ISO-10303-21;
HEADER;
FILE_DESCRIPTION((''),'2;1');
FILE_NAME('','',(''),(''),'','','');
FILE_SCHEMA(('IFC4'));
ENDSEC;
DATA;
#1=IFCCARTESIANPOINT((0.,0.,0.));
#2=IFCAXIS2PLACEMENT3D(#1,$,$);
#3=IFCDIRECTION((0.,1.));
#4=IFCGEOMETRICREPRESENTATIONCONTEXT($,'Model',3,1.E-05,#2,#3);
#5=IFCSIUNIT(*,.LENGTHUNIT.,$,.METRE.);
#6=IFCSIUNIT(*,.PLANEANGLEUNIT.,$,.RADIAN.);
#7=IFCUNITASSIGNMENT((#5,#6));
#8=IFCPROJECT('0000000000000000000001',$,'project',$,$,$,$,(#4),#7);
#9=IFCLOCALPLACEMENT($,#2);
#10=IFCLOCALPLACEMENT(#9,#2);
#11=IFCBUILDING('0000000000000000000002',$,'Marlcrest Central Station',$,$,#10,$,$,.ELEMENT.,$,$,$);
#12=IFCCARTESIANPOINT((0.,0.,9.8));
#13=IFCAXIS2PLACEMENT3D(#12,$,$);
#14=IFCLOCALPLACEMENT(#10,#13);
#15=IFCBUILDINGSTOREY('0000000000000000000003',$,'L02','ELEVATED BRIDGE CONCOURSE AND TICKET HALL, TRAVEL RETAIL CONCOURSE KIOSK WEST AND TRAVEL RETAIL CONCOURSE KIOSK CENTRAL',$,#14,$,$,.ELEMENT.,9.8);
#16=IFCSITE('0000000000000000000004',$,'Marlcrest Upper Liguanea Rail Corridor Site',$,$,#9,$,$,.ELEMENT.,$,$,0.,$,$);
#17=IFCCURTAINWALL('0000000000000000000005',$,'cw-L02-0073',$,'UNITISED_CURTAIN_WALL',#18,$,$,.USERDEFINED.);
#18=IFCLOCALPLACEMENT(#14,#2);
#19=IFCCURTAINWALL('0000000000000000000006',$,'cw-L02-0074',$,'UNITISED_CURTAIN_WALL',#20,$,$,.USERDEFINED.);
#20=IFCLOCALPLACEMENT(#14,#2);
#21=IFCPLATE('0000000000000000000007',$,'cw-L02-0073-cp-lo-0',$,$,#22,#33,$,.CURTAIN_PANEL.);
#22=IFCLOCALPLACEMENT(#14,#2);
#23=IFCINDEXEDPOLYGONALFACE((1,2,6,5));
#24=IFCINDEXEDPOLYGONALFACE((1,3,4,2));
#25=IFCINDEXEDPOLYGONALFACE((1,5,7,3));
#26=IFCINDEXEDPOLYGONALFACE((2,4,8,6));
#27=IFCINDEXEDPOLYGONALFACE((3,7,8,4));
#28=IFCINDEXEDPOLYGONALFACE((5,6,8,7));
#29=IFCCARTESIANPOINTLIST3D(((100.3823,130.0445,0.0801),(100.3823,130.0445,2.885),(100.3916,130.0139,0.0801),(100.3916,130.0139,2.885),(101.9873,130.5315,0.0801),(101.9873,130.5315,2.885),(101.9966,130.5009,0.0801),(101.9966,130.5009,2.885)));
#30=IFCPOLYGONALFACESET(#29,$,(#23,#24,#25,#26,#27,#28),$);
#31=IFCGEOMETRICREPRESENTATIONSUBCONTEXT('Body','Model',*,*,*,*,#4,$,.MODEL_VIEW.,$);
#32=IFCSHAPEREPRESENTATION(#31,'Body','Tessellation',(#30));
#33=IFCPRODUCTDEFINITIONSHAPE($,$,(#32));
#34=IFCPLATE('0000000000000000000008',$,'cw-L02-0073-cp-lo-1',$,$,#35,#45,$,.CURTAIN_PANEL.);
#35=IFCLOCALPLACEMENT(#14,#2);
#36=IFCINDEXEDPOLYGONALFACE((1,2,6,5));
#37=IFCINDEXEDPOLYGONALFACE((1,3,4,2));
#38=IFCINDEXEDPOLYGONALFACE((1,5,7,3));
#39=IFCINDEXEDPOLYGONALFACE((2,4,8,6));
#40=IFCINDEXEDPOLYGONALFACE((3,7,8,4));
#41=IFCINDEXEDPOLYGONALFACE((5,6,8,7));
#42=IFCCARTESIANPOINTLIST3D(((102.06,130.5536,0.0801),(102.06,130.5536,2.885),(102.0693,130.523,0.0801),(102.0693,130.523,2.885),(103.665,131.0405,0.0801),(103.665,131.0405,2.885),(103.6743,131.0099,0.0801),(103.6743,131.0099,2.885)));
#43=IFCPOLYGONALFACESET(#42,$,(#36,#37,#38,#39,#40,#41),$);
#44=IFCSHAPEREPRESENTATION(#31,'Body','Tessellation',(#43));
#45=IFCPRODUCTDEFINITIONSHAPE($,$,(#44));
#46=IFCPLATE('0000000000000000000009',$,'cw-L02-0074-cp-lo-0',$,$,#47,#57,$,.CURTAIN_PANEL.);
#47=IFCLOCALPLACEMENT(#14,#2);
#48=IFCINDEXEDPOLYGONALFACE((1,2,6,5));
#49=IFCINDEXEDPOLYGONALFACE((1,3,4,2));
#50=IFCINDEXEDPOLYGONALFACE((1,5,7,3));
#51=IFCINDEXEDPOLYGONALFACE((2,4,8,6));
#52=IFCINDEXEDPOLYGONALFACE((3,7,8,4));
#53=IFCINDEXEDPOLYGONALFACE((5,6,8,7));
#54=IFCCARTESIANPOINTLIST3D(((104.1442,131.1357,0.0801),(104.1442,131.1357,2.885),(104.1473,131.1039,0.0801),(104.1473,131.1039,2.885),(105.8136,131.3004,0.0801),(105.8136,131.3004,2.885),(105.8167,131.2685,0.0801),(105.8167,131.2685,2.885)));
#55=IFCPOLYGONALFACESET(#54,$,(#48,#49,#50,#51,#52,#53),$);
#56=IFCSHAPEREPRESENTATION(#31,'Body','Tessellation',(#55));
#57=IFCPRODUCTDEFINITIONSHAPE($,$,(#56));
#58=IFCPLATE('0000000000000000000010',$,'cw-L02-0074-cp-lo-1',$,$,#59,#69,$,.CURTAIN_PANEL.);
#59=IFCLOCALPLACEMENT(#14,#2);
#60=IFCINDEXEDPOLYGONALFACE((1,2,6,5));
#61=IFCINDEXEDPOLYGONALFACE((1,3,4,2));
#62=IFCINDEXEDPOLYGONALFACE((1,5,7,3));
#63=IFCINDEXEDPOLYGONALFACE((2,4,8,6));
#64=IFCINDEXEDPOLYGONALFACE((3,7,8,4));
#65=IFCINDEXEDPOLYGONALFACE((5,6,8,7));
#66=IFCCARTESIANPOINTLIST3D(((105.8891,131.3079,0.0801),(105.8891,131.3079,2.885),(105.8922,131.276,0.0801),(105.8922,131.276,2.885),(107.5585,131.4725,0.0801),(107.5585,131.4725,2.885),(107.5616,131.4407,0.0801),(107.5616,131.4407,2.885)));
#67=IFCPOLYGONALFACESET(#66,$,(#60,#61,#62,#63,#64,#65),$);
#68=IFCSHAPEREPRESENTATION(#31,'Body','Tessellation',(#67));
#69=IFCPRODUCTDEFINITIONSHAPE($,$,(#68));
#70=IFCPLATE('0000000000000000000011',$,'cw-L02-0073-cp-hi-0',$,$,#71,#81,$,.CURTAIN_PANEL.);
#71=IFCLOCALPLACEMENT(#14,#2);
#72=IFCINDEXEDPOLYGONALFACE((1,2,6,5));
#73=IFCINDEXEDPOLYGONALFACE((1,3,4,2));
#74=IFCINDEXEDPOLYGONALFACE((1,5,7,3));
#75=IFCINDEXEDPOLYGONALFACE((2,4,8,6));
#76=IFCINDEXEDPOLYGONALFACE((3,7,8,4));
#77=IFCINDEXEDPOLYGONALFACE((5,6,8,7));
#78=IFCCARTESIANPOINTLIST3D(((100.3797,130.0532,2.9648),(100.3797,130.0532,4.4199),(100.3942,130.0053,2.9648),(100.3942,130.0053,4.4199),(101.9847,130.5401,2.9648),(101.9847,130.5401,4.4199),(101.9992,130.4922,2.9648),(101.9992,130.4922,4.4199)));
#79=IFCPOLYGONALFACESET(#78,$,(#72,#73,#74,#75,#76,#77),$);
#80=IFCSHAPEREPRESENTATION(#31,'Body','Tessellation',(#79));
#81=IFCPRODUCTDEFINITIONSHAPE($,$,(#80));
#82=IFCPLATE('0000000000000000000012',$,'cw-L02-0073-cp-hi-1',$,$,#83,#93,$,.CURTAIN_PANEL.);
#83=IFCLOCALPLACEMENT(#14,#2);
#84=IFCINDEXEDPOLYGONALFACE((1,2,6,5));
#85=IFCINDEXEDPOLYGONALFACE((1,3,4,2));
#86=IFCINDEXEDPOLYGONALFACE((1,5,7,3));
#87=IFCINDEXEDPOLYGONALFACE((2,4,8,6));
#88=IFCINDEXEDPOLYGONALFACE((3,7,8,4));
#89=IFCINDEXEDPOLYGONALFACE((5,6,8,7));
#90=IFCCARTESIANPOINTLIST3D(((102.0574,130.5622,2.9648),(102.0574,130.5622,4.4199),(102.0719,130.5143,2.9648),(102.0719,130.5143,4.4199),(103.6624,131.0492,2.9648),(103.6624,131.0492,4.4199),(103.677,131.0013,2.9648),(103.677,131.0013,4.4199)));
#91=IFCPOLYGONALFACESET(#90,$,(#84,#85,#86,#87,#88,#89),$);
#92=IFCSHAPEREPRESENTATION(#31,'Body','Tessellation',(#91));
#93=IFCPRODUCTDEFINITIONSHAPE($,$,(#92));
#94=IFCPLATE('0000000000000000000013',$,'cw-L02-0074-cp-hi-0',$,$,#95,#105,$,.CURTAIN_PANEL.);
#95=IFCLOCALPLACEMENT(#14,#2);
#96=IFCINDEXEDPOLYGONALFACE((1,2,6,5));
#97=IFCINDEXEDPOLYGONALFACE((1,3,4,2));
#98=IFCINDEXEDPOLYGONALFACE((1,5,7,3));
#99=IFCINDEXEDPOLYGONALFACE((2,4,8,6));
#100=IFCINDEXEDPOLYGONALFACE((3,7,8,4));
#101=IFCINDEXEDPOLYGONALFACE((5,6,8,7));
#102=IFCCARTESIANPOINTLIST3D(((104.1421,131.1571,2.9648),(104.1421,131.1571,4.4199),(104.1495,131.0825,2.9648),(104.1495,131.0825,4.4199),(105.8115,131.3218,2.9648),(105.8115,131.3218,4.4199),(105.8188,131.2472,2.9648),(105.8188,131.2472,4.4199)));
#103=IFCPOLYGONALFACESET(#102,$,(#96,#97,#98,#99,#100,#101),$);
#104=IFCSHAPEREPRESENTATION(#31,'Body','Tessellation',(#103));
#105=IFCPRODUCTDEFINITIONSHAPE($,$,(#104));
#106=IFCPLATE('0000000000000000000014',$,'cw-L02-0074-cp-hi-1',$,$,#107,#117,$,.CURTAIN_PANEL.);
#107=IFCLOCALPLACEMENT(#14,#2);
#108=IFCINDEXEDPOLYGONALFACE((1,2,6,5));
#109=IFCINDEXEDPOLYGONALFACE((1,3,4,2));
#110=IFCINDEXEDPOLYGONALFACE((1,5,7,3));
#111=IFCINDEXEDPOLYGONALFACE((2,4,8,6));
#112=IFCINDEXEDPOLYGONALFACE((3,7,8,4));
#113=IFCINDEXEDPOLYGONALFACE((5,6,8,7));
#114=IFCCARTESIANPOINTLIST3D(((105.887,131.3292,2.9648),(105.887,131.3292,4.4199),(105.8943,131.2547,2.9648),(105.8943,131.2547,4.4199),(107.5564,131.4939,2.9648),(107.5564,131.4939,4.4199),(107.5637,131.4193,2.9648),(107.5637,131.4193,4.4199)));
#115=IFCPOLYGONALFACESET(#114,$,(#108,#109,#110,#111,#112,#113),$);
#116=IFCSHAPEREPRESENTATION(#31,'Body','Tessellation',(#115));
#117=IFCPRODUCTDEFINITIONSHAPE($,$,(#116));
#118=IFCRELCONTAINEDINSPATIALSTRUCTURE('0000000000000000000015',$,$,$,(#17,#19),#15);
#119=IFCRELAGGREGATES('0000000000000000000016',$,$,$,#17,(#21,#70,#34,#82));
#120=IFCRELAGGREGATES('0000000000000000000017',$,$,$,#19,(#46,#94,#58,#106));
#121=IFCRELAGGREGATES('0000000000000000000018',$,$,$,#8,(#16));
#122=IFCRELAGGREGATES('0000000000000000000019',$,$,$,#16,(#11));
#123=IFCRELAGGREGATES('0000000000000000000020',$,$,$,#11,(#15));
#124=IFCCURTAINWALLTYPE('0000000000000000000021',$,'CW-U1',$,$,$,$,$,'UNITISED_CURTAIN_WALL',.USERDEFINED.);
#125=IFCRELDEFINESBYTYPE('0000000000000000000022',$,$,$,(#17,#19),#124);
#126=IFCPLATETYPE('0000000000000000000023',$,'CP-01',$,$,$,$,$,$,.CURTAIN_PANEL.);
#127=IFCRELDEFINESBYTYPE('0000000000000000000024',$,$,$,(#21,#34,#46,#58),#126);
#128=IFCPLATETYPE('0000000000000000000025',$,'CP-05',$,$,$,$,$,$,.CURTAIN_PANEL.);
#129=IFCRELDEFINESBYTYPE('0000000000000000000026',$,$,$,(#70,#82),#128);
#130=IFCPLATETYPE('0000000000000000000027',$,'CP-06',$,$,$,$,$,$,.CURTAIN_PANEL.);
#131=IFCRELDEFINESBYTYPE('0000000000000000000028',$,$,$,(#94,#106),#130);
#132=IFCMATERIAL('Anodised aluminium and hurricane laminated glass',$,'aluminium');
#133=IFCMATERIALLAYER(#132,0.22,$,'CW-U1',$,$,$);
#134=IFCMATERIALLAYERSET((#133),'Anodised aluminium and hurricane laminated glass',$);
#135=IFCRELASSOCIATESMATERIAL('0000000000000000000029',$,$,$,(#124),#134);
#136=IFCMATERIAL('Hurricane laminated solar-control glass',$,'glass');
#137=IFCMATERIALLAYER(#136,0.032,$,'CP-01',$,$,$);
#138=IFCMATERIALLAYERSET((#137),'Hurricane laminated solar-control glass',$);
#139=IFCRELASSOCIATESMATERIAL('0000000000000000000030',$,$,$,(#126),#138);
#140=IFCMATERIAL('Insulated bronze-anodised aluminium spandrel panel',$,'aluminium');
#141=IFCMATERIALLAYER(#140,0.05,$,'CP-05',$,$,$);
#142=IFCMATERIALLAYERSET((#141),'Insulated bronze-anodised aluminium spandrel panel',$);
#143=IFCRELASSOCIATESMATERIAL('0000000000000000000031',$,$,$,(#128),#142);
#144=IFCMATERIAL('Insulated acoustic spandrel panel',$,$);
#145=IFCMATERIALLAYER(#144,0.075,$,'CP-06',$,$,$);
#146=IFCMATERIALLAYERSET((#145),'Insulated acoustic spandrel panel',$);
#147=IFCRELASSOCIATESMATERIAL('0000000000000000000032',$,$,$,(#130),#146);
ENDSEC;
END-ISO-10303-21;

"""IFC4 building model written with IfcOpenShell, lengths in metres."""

from ifc_helpers import new_model, si_unit, direction, frame, origin, origin_2d, place, context, subcontext, project, spatial, rectangle, extrude, material, layer, layer_set, type_object, element, aggregate, save


model = new_model("IFC4")

# Units and contexts
model_context = context("Model", 3, precision=1e-05, world=origin(), true_north=direction((0.0, 1.0)))
body_context = subcontext(model_context, "Body", "Model", "MODEL_VIEW")
ifc_project = project(units=[si_unit("LENGTHUNIT", "METRE"), si_unit("PLANEANGLEUNIT", "RADIAN")], contexts=[model_context])

# Site, building, storey
site_placement = place(None, origin())
site = spatial("IfcSite", under=ifc_project, at=site_placement, Name="Marlcrest Upper Liguanea Rail Corridor Site", CompositionType="ELEMENT", RefElevation=0.0)
building_placement = place(site_placement, origin())
building = spatial("IfcBuilding", under=site, at=building_placement, Name="Marlcrest Central Station", CompositionType="ELEMENT")
storey_placement = place(building_placement, frame((0.0, 0.0, 9.8)))
storey = spatial("IfcBuildingStorey", under=building, at=storey_placement, Name="L02", Description="ELEVATED BRIDGE CONCOURSE AND TICKET HALL, TRAVEL RETAIL CONCOURSE KIOSK WEST AND TRAVEL RETAIL CONCOURSE KIOSK CENTRAL", CompositionType="ELEMENT", Elevation=9.8)

# Curtain walls
ifc_material_1 = material(Name="Anodised aluminium and hurricane laminated glass", Category="aluminium")
ifc_layer_1 = layer(ifc_material_1, 0.22, Name="CW-U1")
ifc_layer_set_1 = layer_set([ifc_layer_1], Name="Anodised aluminium and hurricane laminated glass")
curtain_wall_type = type_object("IfcCurtainWallType", Name="CW-U1", ElementType="UNITISED_CURTAIN_WALL", PredefinedType="USERDEFINED", material=ifc_layer_set_1)
curtain_wall_1_placement = place(storey_placement, origin())
curtain_wall_1 = element("IfcCurtainWall", 1, at=curtain_wall_1_placement, inside=storey, type_object=curtain_wall_type, Name="cw-L02-0073", ObjectType="UNITISED_CURTAIN_WALL", PredefinedType="USERDEFINED")
curtain_wall_2_placement = place(storey_placement, origin())
curtain_wall_2 = element("IfcCurtainWall", 2, at=curtain_wall_2_placement, inside=storey, type_object=curtain_wall_type, Name="cw-L02-0074", ObjectType="UNITISED_CURTAIN_WALL", PredefinedType="USERDEFINED")

# Plates
ifc_material_2 = material(Name="Hurricane laminated solar-control glass", Category="glass")
ifc_layer_2 = layer(ifc_material_2, 0.032, Name="CP-01")
ifc_layer_set_2 = layer_set([ifc_layer_2], Name="Hurricane laminated solar-control glass")
plate_type_1 = type_object("IfcPlateType", Name="CP-01", PredefinedType="CURTAIN_PANEL", material=ifc_layer_set_2)
plate_1_placement = place(storey_placement, frame((101.1895, 130.2727, 0.0801), z_axis=(0.0, 0.0, 1.0), x_axis=(0.95693, 0.290318, 0.0)))
plate_1 = element("IfcPlate", 3, at=plate_1_placement, type_object=plate_type_1, Name="cw-L02-0073-cp-lo-0", PredefinedType="CURTAIN_PANEL", context=body_context, shape_type="SweptSolid", body=[
    extrude(rectangle(XDim=1.6772, YDim=0.032, at=origin_2d()), origin(), (0.0, 0.0, 1.0), 2.8049),
])
plate_2_placement = place(storey_placement, frame((102.8672, 130.7817, 0.0801), z_axis=(0.0, 0.0, 1.0), x_axis=(0.95693, 0.290318, 0.0)))
plate_2 = element("IfcPlate", 4, at=plate_2_placement, type_object=plate_type_1, Name="cw-L02-0073-cp-lo-1", PredefinedType="CURTAIN_PANEL", context=body_context, shape_type="SweptSolid", body=[
    extrude(rectangle(XDim=1.6772, YDim=0.032, at=origin_2d()), origin(), (0.0, 0.0, 1.0), 2.8049),
])
plate_3_placement = place(storey_placement, frame((104.9805, 131.2021, 0.0801), z_axis=(0.0, 0.0, 1.0), x_axis=(0.995173, 0.098139, 0.0)))
plate_3 = element("IfcPlate", 5, at=plate_3_placement, type_object=plate_type_1, Name="cw-L02-0074-cp-lo-0", PredefinedType="CURTAIN_PANEL", context=body_context, shape_type="SweptSolid", body=[
    extrude(rectangle(XDim=1.6775, YDim=0.032, at=origin_2d()), origin(), (0.0, 0.0, 1.0), 2.8049),
])
plate_4_placement = place(storey_placement, frame((106.7253, 131.3743, 0.0801), z_axis=(0.0, 0.0, 1.0), x_axis=(0.995173, 0.098139, 0.0)))
plate_4 = element("IfcPlate", 6, at=plate_4_placement, type_object=plate_type_1, Name="cw-L02-0074-cp-lo-1", PredefinedType="CURTAIN_PANEL", context=body_context, shape_type="SweptSolid", body=[
    extrude(rectangle(XDim=1.6775, YDim=0.032, at=origin_2d()), origin(), (0.0, 0.0, 1.0), 2.8049),
])
ifc_material_3 = material(Name="Insulated bronze-anodised aluminium spandrel panel", Category="aluminium")
ifc_layer_3 = layer(ifc_material_3, 0.05, Name="CP-05")
ifc_layer_set_3 = layer_set([ifc_layer_3], Name="Insulated bronze-anodised aluminium spandrel panel")
plate_type_2 = type_object("IfcPlateType", Name="CP-05", PredefinedType="CURTAIN_PANEL", material=ifc_layer_set_3)
plate_5_placement = place(storey_placement, frame((101.1895, 130.2727, 2.9648), z_axis=(0.0, 0.0, 1.0), x_axis=(0.95693, 0.290318, 0.0)))
plate_5 = element("IfcPlate", 7, at=plate_5_placement, type_object=plate_type_2, Name="cw-L02-0073-cp-hi-0", PredefinedType="CURTAIN_PANEL", context=body_context, shape_type="SweptSolid", body=[
    extrude(rectangle(XDim=1.6772, YDim=0.05, at=origin_2d()), origin(), (0.0, 0.0, 1.0), 1.4551),
])
plate_6_placement = place(storey_placement, frame((102.8672, 130.7817, 2.9648), z_axis=(0.0, 0.0, 1.0), x_axis=(0.95693, 0.290318, 0.0)))
plate_6 = element("IfcPlate", 8, at=plate_6_placement, type_object=plate_type_2, Name="cw-L02-0073-cp-hi-1", PredefinedType="CURTAIN_PANEL", context=body_context, shape_type="SweptSolid", body=[
    extrude(rectangle(XDim=1.6772, YDim=0.05, at=origin_2d()), origin(), (0.0, 0.0, 1.0), 1.4551),
])
aggregate(curtain_wall_1, [plate_1, plate_5, plate_2, plate_6])
ifc_material_4 = material(Name="Insulated acoustic spandrel panel")
ifc_layer_4 = layer(ifc_material_4, 0.075, Name="CP-06")
ifc_layer_set_4 = layer_set([ifc_layer_4], Name="Insulated acoustic spandrel panel")
plate_type_3 = type_object("IfcPlateType", Name="CP-06", PredefinedType="CURTAIN_PANEL", material=ifc_layer_set_4)
plate_7_placement = place(storey_placement, frame((104.9805, 131.2021, 2.9648), z_axis=(0.0, 0.0, 1.0), x_axis=(0.995173, 0.098139, 0.0)))
plate_7 = element("IfcPlate", 9, at=plate_7_placement, type_object=plate_type_3, Name="cw-L02-0074-cp-hi-0", PredefinedType="CURTAIN_PANEL", context=body_context, shape_type="SweptSolid", body=[
    extrude(rectangle(XDim=1.6775, YDim=0.075, at=origin_2d()), origin(), (0.0, 0.0, 1.0), 1.4551),
])
plate_8_placement = place(storey_placement, frame((106.7253, 131.3743, 2.9648), z_axis=(0.0, 0.0, 1.0), x_axis=(0.995173, 0.098139, 0.0)))
plate_8 = element("IfcPlate", 10, at=plate_8_placement, type_object=plate_type_3, Name="cw-L02-0074-cp-hi-1", PredefinedType="CURTAIN_PANEL", context=body_context, shape_type="SweptSolid", body=[
    extrude(rectangle(XDim=1.6775, YDim=0.075, at=origin_2d()), origin(), (0.0, 0.0, 1.0), 1.4551),
])
aggregate(curtain_wall_2, [plate_3, plate_7, plate_4, plate_8])

save(model, "model.ifc")
